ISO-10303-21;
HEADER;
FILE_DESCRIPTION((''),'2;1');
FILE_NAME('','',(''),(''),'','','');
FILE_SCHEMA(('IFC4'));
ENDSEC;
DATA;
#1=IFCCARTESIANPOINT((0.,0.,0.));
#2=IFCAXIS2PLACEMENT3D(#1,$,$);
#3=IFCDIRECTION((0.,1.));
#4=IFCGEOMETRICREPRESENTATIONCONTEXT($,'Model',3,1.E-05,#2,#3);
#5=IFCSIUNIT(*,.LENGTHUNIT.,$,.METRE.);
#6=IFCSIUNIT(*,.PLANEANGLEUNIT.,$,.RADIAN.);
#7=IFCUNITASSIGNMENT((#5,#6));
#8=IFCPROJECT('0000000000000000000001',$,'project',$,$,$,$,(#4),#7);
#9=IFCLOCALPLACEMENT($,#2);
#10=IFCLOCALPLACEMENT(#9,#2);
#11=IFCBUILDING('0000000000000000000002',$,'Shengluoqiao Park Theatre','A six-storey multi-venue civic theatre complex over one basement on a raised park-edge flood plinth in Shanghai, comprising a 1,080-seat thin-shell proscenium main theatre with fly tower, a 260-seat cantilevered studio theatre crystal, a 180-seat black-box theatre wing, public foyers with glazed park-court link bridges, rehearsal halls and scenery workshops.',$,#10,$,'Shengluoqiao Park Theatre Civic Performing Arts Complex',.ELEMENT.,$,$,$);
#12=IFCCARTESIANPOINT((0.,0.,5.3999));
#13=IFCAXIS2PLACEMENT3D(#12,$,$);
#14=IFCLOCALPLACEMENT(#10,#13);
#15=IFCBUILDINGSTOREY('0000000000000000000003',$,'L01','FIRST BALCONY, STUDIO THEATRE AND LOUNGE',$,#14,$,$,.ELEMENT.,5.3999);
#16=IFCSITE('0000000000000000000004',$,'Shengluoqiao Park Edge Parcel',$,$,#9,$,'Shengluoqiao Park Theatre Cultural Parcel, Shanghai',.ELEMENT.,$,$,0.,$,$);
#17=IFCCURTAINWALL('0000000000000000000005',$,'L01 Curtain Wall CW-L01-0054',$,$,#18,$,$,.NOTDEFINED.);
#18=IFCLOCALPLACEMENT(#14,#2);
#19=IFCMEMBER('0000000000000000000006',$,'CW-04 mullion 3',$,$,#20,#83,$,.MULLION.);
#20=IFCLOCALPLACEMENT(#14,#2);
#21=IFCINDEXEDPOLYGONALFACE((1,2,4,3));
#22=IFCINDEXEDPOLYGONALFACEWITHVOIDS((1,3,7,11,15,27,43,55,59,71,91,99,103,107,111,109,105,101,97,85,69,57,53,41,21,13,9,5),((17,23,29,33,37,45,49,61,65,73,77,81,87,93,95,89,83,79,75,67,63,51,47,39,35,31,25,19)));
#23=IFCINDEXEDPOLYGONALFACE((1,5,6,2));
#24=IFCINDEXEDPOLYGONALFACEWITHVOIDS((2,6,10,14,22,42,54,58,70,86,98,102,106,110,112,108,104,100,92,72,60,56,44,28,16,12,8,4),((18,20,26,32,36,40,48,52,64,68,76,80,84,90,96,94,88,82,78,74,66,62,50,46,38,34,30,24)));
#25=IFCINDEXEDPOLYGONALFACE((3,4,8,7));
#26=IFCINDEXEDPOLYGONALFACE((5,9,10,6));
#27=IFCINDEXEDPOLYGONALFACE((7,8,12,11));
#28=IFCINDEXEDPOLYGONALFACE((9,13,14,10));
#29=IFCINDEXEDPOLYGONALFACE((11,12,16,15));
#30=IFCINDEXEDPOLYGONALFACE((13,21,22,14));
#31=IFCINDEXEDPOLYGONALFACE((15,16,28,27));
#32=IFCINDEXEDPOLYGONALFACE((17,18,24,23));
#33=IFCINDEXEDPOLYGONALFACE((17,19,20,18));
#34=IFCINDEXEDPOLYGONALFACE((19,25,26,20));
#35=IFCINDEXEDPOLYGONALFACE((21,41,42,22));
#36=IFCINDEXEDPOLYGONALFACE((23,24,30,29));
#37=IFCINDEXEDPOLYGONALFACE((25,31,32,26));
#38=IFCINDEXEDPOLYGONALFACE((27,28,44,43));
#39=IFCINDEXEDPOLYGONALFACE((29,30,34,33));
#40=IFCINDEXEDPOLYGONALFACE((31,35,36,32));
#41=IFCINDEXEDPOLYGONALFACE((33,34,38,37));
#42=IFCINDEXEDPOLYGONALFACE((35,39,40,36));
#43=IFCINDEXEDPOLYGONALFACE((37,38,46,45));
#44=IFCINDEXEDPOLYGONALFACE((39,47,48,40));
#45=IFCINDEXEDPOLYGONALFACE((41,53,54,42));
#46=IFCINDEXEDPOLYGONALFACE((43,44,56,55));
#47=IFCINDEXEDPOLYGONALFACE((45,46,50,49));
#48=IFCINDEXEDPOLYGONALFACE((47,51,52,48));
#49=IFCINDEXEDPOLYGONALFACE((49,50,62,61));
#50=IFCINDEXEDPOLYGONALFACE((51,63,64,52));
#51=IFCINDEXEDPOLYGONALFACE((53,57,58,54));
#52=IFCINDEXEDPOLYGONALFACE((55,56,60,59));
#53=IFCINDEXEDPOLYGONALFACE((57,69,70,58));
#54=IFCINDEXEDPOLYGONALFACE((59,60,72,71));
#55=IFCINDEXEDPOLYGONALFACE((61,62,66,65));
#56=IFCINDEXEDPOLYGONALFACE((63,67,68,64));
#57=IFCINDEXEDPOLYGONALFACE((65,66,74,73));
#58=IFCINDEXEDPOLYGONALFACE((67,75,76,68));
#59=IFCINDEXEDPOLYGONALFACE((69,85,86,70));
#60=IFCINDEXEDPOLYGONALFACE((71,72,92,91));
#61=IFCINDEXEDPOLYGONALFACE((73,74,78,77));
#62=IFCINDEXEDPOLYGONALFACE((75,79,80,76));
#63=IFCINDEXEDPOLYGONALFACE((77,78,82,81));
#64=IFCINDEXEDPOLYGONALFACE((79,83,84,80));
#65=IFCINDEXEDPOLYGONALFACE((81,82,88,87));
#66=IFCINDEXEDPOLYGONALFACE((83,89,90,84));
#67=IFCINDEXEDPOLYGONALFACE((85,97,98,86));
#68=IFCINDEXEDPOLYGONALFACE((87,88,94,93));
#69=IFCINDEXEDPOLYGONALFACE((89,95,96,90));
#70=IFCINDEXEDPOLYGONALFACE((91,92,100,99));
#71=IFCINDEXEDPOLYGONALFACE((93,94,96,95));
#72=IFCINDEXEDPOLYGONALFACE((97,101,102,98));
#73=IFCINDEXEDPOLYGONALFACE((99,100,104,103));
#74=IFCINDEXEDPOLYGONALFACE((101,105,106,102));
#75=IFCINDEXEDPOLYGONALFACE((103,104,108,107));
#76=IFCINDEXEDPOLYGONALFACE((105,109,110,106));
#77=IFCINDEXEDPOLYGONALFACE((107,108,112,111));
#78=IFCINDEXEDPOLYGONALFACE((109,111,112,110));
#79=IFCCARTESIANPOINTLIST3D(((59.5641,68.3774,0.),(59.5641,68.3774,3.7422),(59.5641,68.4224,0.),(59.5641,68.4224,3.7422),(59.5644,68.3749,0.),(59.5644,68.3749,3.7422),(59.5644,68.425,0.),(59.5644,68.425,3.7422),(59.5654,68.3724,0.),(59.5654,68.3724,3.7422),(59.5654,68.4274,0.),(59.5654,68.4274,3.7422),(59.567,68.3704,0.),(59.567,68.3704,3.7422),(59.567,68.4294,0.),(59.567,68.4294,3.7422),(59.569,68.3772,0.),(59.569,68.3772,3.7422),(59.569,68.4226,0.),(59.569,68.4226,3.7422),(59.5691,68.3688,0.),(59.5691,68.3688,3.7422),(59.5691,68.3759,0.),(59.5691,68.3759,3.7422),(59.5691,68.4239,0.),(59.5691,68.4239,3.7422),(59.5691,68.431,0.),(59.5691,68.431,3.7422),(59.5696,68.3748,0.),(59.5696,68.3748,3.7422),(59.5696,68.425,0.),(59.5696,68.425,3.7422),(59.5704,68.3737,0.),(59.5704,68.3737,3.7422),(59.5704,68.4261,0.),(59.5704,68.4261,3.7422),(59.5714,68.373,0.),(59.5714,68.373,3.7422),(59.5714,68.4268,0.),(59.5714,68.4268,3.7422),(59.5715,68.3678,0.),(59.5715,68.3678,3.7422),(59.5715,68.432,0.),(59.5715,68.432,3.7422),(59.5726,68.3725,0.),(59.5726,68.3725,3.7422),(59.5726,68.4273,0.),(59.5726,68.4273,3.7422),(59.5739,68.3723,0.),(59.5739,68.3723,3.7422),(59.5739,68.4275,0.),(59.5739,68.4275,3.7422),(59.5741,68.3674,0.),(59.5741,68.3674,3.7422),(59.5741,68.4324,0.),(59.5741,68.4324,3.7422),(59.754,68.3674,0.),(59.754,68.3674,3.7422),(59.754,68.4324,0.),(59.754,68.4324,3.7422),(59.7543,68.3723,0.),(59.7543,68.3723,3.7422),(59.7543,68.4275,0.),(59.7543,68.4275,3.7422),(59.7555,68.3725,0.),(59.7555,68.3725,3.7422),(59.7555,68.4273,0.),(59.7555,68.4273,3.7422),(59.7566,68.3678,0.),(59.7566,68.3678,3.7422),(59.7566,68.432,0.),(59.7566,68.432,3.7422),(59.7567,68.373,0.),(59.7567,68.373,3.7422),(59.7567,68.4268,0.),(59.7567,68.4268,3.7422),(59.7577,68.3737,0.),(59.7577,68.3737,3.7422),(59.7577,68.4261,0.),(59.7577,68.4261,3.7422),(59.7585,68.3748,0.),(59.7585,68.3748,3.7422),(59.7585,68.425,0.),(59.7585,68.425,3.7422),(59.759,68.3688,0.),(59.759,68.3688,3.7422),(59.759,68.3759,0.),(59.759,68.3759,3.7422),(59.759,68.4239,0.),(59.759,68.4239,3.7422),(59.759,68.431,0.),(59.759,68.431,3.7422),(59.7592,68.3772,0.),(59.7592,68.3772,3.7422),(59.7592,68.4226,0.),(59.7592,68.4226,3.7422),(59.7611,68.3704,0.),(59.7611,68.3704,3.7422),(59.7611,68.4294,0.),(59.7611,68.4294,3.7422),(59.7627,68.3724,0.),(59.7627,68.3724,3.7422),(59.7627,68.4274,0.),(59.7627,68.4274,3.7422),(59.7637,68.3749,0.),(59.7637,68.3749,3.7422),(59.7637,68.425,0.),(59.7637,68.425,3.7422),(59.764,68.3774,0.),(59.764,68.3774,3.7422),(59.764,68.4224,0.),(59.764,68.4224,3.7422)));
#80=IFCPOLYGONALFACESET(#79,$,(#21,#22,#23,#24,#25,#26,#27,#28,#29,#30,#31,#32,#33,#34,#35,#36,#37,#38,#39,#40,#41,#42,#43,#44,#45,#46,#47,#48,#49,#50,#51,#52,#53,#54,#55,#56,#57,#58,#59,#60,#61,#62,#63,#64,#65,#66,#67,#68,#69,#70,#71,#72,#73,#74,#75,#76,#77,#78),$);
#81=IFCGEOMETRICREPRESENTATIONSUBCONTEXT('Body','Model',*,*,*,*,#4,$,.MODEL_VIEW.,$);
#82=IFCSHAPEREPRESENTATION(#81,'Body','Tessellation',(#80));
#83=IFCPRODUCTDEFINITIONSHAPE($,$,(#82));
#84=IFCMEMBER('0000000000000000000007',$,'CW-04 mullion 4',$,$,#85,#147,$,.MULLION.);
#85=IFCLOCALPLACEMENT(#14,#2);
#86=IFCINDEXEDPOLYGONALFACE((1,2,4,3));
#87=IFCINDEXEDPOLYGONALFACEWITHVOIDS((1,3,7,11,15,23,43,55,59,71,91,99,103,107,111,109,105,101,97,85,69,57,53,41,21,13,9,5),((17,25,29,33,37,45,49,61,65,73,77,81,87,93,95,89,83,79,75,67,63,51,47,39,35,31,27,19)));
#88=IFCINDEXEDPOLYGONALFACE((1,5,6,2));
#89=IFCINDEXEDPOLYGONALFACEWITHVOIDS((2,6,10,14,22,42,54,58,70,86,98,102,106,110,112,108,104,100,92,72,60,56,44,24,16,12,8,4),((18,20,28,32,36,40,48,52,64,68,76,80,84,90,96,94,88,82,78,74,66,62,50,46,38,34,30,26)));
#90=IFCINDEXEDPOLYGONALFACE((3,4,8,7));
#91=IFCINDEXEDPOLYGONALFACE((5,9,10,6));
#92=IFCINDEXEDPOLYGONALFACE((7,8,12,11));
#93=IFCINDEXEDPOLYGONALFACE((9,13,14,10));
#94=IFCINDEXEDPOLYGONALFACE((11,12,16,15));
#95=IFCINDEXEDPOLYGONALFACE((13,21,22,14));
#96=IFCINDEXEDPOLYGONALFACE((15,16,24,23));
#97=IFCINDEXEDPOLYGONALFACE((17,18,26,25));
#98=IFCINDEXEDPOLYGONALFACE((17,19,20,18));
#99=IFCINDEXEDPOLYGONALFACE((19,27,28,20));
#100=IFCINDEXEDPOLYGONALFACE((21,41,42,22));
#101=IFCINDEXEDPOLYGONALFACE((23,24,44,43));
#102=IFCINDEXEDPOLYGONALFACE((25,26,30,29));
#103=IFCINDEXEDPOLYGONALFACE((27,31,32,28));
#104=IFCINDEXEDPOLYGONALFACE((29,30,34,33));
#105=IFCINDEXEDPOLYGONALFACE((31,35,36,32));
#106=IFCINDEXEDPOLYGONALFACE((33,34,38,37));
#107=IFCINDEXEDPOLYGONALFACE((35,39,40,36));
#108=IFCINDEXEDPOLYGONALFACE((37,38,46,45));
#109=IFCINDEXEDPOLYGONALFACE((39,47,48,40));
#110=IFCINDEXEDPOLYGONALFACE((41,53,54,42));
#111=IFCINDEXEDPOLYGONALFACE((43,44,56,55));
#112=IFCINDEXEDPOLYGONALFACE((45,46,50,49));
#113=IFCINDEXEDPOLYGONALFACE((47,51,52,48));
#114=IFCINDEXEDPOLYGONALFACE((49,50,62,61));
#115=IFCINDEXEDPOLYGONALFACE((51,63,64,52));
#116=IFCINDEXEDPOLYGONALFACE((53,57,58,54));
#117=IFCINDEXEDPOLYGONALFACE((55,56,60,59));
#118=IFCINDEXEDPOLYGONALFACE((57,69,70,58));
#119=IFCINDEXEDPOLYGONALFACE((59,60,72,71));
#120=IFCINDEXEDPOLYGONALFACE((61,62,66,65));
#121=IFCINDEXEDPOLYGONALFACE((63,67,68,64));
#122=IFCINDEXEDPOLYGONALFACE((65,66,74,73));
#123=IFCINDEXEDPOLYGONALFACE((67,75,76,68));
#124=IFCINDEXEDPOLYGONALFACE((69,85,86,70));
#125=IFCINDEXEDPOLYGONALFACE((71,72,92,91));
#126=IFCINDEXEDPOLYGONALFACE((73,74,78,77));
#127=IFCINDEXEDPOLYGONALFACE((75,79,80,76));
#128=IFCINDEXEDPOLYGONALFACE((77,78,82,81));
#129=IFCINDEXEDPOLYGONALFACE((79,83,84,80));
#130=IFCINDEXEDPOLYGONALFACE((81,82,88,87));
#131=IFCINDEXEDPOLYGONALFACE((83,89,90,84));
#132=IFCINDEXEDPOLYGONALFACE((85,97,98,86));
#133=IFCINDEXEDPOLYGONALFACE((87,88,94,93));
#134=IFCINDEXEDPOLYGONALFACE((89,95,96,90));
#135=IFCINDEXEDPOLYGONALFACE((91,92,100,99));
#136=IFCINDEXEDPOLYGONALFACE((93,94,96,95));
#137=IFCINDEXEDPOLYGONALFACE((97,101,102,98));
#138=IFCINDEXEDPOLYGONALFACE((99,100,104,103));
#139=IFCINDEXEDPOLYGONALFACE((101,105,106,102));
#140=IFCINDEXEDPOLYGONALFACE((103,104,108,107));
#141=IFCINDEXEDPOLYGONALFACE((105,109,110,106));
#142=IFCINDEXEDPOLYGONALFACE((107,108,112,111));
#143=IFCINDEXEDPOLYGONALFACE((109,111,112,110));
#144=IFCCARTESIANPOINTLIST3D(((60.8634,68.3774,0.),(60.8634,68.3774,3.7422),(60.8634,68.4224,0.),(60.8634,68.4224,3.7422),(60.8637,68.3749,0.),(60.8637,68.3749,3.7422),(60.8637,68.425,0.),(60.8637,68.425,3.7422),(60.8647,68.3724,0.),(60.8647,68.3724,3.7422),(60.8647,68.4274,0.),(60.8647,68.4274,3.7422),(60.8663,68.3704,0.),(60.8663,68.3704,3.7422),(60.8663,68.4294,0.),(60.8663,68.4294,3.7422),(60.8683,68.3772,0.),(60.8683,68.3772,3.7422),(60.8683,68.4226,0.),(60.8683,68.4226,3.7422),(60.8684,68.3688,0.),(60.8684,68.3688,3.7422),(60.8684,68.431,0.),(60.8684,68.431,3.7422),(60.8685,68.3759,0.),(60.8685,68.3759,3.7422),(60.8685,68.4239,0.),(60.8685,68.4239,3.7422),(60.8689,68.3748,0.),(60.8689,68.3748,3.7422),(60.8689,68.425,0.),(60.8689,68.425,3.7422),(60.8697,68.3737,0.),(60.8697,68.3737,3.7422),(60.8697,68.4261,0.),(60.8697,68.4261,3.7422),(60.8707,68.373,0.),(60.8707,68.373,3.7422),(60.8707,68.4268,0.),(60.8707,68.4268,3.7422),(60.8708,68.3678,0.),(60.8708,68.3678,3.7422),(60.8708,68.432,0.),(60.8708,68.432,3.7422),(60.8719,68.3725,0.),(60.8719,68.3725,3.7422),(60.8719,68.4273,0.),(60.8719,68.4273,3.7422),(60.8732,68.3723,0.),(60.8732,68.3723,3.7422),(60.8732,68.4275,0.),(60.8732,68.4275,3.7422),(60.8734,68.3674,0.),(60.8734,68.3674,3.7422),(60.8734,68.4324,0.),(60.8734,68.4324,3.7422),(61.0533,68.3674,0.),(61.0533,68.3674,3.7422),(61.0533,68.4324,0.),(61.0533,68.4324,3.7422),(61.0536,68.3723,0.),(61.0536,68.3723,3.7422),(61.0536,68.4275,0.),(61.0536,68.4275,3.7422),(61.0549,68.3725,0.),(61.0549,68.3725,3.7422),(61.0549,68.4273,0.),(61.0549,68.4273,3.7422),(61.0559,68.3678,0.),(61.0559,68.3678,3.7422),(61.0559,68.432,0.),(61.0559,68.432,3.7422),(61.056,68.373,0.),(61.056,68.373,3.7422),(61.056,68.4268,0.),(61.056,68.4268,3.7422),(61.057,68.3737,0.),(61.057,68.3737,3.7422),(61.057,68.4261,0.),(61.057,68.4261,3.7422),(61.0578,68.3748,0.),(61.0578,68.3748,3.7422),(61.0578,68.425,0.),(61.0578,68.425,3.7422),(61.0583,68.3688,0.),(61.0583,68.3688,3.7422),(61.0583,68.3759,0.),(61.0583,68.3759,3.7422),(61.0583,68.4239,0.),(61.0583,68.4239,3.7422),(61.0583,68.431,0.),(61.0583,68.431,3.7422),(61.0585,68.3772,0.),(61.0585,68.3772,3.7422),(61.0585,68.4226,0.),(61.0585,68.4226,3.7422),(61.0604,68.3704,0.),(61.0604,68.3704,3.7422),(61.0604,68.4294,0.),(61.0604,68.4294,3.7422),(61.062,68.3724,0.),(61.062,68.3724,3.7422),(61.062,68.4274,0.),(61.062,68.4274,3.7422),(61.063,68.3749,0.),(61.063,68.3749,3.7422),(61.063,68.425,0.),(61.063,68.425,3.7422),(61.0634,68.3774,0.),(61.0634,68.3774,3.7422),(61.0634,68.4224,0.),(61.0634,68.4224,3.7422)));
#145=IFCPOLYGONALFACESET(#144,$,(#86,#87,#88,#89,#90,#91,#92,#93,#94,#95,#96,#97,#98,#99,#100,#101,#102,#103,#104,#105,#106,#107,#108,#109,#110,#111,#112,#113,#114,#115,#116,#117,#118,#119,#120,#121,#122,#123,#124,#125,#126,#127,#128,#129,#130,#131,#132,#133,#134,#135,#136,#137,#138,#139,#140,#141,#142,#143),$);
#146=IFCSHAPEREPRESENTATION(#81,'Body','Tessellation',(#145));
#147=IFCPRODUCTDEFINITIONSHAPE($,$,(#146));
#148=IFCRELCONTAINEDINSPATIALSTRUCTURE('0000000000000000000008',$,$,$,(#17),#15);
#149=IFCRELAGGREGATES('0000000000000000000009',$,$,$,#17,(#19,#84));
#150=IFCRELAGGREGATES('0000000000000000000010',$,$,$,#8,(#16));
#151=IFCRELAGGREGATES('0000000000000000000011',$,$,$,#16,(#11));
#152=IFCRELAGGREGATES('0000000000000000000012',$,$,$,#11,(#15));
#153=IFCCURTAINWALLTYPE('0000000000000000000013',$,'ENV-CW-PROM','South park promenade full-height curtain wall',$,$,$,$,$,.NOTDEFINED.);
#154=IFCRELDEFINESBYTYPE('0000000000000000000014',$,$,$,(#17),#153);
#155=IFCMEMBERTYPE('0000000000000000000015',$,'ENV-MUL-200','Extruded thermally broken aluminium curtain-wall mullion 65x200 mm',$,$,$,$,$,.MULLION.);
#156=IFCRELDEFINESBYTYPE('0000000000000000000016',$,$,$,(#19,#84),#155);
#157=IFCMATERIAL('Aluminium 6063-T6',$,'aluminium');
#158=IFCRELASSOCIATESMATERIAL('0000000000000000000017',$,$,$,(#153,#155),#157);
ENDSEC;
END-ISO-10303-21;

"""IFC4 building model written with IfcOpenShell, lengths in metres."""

from ifc_helpers import new_model, si_unit, direction, frame, origin, origin_2d, place, context, subcontext, project, spatial, hollow_rectangle, extrude, material, material_profile, profile_set, type_object, element, aggregate, save


model = new_model("IFC4")

# Units and contexts
model_context = context("Model", 3, precision=1e-05, world=origin(), true_north=direction((0.0, 1.0)))
body_context = subcontext(model_context, "Body", "Model", "MODEL_VIEW")
ifc_project = project(units=[si_unit("LENGTHUNIT", "METRE"), si_unit("PLANEANGLEUNIT", "RADIAN")], contexts=[model_context])

# Site, building, storey
site_placement = place(None, origin())
site = spatial("IfcSite", under=ifc_project, at=site_placement, Name="Shengluoqiao Park Edge Parcel", LongName="Shengluoqiao Park Theatre Cultural Parcel, Shanghai", CompositionType="ELEMENT", RefElevation=0.0)
building_placement = place(site_placement, origin())
building = spatial("IfcBuilding", under=site, at=building_placement, Name="Shengluoqiao Park Theatre", Description="A six-storey multi-venue civic theatre complex over one basement on a raised park-edge flood plinth in Shanghai, comprising a 1,080-seat thin-shell proscenium main theatre with fly tower, a 260-seat cantilevered studio theatre crystal, a 180-seat black-box theatre wing, public foyers with glazed park-court link bridges, rehearsal halls and scenery workshops.", LongName="Shengluoqiao Park Theatre Civic Performing Arts Complex", CompositionType="ELEMENT")
storey_placement = place(building_placement, frame((0.0, 0.0, 5.3999)))
storey = spatial("IfcBuildingStorey", under=building, at=storey_placement, Name="L01", Description="FIRST BALCONY, STUDIO THEATRE AND LOUNGE", CompositionType="ELEMENT", Elevation=5.3999)

# Curtain wall, members
ifc_material_1 = material(Name="Aluminium 6063-T6", Category="aluminium")
curtain_wall_type = type_object("IfcCurtainWallType", Name="ENV-CW-PROM", Description="South park promenade full-height curtain wall", PredefinedType="NOTDEFINED", material=ifc_material_1)
ifc_material_profile_1 = material_profile(ifc_material_1, hollow_rectangle(XDim=0.0649, YDim=0.2, WallThickness=0.0049, InnerFilletRadius=0.0049, OuterFilletRadius=0.01, at=origin_2d()), Name="ALU MULLION 200x65x5")
ifc_profile_set_1 = profile_set([ifc_material_profile_1], Name="Aluminium 6063-T6")
member_type_1 = type_object("IfcMemberType", Name="ENV-MUL-200", Description="Extruded thermally broken aluminium curtain-wall mullion 65x200 mm", PredefinedType="MULLION", material=ifc_profile_set_1)
curtain_wall_1_placement = place(storey_placement, origin())
curtain_wall_1 = element("IfcCurtainWall", 1, at=curtain_wall_1_placement, inside=storey, type_object=curtain_wall_type, Name="L01 Curtain Wall CW-L01-0054", PredefinedType="NOTDEFINED")
member_1_placement = place(storey_placement, frame((59.6641, 68.3999, 0.0), z_axis=(0.0, 0.0, 1.0), x_axis=(0.0, 1.0, 0.0)))
member_1 = element("IfcMember", 2, at=member_1_placement, type_object=member_type_1, Name="CW-04 mullion 3", PredefinedType="MULLION", context=body_context, shape_type="SweptSolid", body=[
    extrude(hollow_rectangle(XDim=0.0649, YDim=0.2, WallThickness=0.0049, InnerFilletRadius=0.0049, OuterFilletRadius=0.01, at=origin_2d()), origin(), (0.0, 0.0, 1.0), 3.7422),
])
member_2_placement = place(storey_placement, frame((60.9634, 68.3999, 0.0), z_axis=(0.0, 0.0, 1.0), x_axis=(0.0, 1.0, 0.0)))
member_2 = element("IfcMember", 3, at=member_2_placement, type_object=member_type_1, Name="CW-04 mullion 4", PredefinedType="MULLION", context=body_context, shape_type="SweptSolid", body=[
    extrude(hollow_rectangle(XDim=0.0649, YDim=0.2, WallThickness=0.0049, InnerFilletRadius=0.0049, OuterFilletRadius=0.01, at=origin_2d()), origin(), (0.0, 0.0, 1.0), 3.7422),
])

aggregate(curtain_wall_1, [member_1, member_2])

save(model, "model.ifc")
